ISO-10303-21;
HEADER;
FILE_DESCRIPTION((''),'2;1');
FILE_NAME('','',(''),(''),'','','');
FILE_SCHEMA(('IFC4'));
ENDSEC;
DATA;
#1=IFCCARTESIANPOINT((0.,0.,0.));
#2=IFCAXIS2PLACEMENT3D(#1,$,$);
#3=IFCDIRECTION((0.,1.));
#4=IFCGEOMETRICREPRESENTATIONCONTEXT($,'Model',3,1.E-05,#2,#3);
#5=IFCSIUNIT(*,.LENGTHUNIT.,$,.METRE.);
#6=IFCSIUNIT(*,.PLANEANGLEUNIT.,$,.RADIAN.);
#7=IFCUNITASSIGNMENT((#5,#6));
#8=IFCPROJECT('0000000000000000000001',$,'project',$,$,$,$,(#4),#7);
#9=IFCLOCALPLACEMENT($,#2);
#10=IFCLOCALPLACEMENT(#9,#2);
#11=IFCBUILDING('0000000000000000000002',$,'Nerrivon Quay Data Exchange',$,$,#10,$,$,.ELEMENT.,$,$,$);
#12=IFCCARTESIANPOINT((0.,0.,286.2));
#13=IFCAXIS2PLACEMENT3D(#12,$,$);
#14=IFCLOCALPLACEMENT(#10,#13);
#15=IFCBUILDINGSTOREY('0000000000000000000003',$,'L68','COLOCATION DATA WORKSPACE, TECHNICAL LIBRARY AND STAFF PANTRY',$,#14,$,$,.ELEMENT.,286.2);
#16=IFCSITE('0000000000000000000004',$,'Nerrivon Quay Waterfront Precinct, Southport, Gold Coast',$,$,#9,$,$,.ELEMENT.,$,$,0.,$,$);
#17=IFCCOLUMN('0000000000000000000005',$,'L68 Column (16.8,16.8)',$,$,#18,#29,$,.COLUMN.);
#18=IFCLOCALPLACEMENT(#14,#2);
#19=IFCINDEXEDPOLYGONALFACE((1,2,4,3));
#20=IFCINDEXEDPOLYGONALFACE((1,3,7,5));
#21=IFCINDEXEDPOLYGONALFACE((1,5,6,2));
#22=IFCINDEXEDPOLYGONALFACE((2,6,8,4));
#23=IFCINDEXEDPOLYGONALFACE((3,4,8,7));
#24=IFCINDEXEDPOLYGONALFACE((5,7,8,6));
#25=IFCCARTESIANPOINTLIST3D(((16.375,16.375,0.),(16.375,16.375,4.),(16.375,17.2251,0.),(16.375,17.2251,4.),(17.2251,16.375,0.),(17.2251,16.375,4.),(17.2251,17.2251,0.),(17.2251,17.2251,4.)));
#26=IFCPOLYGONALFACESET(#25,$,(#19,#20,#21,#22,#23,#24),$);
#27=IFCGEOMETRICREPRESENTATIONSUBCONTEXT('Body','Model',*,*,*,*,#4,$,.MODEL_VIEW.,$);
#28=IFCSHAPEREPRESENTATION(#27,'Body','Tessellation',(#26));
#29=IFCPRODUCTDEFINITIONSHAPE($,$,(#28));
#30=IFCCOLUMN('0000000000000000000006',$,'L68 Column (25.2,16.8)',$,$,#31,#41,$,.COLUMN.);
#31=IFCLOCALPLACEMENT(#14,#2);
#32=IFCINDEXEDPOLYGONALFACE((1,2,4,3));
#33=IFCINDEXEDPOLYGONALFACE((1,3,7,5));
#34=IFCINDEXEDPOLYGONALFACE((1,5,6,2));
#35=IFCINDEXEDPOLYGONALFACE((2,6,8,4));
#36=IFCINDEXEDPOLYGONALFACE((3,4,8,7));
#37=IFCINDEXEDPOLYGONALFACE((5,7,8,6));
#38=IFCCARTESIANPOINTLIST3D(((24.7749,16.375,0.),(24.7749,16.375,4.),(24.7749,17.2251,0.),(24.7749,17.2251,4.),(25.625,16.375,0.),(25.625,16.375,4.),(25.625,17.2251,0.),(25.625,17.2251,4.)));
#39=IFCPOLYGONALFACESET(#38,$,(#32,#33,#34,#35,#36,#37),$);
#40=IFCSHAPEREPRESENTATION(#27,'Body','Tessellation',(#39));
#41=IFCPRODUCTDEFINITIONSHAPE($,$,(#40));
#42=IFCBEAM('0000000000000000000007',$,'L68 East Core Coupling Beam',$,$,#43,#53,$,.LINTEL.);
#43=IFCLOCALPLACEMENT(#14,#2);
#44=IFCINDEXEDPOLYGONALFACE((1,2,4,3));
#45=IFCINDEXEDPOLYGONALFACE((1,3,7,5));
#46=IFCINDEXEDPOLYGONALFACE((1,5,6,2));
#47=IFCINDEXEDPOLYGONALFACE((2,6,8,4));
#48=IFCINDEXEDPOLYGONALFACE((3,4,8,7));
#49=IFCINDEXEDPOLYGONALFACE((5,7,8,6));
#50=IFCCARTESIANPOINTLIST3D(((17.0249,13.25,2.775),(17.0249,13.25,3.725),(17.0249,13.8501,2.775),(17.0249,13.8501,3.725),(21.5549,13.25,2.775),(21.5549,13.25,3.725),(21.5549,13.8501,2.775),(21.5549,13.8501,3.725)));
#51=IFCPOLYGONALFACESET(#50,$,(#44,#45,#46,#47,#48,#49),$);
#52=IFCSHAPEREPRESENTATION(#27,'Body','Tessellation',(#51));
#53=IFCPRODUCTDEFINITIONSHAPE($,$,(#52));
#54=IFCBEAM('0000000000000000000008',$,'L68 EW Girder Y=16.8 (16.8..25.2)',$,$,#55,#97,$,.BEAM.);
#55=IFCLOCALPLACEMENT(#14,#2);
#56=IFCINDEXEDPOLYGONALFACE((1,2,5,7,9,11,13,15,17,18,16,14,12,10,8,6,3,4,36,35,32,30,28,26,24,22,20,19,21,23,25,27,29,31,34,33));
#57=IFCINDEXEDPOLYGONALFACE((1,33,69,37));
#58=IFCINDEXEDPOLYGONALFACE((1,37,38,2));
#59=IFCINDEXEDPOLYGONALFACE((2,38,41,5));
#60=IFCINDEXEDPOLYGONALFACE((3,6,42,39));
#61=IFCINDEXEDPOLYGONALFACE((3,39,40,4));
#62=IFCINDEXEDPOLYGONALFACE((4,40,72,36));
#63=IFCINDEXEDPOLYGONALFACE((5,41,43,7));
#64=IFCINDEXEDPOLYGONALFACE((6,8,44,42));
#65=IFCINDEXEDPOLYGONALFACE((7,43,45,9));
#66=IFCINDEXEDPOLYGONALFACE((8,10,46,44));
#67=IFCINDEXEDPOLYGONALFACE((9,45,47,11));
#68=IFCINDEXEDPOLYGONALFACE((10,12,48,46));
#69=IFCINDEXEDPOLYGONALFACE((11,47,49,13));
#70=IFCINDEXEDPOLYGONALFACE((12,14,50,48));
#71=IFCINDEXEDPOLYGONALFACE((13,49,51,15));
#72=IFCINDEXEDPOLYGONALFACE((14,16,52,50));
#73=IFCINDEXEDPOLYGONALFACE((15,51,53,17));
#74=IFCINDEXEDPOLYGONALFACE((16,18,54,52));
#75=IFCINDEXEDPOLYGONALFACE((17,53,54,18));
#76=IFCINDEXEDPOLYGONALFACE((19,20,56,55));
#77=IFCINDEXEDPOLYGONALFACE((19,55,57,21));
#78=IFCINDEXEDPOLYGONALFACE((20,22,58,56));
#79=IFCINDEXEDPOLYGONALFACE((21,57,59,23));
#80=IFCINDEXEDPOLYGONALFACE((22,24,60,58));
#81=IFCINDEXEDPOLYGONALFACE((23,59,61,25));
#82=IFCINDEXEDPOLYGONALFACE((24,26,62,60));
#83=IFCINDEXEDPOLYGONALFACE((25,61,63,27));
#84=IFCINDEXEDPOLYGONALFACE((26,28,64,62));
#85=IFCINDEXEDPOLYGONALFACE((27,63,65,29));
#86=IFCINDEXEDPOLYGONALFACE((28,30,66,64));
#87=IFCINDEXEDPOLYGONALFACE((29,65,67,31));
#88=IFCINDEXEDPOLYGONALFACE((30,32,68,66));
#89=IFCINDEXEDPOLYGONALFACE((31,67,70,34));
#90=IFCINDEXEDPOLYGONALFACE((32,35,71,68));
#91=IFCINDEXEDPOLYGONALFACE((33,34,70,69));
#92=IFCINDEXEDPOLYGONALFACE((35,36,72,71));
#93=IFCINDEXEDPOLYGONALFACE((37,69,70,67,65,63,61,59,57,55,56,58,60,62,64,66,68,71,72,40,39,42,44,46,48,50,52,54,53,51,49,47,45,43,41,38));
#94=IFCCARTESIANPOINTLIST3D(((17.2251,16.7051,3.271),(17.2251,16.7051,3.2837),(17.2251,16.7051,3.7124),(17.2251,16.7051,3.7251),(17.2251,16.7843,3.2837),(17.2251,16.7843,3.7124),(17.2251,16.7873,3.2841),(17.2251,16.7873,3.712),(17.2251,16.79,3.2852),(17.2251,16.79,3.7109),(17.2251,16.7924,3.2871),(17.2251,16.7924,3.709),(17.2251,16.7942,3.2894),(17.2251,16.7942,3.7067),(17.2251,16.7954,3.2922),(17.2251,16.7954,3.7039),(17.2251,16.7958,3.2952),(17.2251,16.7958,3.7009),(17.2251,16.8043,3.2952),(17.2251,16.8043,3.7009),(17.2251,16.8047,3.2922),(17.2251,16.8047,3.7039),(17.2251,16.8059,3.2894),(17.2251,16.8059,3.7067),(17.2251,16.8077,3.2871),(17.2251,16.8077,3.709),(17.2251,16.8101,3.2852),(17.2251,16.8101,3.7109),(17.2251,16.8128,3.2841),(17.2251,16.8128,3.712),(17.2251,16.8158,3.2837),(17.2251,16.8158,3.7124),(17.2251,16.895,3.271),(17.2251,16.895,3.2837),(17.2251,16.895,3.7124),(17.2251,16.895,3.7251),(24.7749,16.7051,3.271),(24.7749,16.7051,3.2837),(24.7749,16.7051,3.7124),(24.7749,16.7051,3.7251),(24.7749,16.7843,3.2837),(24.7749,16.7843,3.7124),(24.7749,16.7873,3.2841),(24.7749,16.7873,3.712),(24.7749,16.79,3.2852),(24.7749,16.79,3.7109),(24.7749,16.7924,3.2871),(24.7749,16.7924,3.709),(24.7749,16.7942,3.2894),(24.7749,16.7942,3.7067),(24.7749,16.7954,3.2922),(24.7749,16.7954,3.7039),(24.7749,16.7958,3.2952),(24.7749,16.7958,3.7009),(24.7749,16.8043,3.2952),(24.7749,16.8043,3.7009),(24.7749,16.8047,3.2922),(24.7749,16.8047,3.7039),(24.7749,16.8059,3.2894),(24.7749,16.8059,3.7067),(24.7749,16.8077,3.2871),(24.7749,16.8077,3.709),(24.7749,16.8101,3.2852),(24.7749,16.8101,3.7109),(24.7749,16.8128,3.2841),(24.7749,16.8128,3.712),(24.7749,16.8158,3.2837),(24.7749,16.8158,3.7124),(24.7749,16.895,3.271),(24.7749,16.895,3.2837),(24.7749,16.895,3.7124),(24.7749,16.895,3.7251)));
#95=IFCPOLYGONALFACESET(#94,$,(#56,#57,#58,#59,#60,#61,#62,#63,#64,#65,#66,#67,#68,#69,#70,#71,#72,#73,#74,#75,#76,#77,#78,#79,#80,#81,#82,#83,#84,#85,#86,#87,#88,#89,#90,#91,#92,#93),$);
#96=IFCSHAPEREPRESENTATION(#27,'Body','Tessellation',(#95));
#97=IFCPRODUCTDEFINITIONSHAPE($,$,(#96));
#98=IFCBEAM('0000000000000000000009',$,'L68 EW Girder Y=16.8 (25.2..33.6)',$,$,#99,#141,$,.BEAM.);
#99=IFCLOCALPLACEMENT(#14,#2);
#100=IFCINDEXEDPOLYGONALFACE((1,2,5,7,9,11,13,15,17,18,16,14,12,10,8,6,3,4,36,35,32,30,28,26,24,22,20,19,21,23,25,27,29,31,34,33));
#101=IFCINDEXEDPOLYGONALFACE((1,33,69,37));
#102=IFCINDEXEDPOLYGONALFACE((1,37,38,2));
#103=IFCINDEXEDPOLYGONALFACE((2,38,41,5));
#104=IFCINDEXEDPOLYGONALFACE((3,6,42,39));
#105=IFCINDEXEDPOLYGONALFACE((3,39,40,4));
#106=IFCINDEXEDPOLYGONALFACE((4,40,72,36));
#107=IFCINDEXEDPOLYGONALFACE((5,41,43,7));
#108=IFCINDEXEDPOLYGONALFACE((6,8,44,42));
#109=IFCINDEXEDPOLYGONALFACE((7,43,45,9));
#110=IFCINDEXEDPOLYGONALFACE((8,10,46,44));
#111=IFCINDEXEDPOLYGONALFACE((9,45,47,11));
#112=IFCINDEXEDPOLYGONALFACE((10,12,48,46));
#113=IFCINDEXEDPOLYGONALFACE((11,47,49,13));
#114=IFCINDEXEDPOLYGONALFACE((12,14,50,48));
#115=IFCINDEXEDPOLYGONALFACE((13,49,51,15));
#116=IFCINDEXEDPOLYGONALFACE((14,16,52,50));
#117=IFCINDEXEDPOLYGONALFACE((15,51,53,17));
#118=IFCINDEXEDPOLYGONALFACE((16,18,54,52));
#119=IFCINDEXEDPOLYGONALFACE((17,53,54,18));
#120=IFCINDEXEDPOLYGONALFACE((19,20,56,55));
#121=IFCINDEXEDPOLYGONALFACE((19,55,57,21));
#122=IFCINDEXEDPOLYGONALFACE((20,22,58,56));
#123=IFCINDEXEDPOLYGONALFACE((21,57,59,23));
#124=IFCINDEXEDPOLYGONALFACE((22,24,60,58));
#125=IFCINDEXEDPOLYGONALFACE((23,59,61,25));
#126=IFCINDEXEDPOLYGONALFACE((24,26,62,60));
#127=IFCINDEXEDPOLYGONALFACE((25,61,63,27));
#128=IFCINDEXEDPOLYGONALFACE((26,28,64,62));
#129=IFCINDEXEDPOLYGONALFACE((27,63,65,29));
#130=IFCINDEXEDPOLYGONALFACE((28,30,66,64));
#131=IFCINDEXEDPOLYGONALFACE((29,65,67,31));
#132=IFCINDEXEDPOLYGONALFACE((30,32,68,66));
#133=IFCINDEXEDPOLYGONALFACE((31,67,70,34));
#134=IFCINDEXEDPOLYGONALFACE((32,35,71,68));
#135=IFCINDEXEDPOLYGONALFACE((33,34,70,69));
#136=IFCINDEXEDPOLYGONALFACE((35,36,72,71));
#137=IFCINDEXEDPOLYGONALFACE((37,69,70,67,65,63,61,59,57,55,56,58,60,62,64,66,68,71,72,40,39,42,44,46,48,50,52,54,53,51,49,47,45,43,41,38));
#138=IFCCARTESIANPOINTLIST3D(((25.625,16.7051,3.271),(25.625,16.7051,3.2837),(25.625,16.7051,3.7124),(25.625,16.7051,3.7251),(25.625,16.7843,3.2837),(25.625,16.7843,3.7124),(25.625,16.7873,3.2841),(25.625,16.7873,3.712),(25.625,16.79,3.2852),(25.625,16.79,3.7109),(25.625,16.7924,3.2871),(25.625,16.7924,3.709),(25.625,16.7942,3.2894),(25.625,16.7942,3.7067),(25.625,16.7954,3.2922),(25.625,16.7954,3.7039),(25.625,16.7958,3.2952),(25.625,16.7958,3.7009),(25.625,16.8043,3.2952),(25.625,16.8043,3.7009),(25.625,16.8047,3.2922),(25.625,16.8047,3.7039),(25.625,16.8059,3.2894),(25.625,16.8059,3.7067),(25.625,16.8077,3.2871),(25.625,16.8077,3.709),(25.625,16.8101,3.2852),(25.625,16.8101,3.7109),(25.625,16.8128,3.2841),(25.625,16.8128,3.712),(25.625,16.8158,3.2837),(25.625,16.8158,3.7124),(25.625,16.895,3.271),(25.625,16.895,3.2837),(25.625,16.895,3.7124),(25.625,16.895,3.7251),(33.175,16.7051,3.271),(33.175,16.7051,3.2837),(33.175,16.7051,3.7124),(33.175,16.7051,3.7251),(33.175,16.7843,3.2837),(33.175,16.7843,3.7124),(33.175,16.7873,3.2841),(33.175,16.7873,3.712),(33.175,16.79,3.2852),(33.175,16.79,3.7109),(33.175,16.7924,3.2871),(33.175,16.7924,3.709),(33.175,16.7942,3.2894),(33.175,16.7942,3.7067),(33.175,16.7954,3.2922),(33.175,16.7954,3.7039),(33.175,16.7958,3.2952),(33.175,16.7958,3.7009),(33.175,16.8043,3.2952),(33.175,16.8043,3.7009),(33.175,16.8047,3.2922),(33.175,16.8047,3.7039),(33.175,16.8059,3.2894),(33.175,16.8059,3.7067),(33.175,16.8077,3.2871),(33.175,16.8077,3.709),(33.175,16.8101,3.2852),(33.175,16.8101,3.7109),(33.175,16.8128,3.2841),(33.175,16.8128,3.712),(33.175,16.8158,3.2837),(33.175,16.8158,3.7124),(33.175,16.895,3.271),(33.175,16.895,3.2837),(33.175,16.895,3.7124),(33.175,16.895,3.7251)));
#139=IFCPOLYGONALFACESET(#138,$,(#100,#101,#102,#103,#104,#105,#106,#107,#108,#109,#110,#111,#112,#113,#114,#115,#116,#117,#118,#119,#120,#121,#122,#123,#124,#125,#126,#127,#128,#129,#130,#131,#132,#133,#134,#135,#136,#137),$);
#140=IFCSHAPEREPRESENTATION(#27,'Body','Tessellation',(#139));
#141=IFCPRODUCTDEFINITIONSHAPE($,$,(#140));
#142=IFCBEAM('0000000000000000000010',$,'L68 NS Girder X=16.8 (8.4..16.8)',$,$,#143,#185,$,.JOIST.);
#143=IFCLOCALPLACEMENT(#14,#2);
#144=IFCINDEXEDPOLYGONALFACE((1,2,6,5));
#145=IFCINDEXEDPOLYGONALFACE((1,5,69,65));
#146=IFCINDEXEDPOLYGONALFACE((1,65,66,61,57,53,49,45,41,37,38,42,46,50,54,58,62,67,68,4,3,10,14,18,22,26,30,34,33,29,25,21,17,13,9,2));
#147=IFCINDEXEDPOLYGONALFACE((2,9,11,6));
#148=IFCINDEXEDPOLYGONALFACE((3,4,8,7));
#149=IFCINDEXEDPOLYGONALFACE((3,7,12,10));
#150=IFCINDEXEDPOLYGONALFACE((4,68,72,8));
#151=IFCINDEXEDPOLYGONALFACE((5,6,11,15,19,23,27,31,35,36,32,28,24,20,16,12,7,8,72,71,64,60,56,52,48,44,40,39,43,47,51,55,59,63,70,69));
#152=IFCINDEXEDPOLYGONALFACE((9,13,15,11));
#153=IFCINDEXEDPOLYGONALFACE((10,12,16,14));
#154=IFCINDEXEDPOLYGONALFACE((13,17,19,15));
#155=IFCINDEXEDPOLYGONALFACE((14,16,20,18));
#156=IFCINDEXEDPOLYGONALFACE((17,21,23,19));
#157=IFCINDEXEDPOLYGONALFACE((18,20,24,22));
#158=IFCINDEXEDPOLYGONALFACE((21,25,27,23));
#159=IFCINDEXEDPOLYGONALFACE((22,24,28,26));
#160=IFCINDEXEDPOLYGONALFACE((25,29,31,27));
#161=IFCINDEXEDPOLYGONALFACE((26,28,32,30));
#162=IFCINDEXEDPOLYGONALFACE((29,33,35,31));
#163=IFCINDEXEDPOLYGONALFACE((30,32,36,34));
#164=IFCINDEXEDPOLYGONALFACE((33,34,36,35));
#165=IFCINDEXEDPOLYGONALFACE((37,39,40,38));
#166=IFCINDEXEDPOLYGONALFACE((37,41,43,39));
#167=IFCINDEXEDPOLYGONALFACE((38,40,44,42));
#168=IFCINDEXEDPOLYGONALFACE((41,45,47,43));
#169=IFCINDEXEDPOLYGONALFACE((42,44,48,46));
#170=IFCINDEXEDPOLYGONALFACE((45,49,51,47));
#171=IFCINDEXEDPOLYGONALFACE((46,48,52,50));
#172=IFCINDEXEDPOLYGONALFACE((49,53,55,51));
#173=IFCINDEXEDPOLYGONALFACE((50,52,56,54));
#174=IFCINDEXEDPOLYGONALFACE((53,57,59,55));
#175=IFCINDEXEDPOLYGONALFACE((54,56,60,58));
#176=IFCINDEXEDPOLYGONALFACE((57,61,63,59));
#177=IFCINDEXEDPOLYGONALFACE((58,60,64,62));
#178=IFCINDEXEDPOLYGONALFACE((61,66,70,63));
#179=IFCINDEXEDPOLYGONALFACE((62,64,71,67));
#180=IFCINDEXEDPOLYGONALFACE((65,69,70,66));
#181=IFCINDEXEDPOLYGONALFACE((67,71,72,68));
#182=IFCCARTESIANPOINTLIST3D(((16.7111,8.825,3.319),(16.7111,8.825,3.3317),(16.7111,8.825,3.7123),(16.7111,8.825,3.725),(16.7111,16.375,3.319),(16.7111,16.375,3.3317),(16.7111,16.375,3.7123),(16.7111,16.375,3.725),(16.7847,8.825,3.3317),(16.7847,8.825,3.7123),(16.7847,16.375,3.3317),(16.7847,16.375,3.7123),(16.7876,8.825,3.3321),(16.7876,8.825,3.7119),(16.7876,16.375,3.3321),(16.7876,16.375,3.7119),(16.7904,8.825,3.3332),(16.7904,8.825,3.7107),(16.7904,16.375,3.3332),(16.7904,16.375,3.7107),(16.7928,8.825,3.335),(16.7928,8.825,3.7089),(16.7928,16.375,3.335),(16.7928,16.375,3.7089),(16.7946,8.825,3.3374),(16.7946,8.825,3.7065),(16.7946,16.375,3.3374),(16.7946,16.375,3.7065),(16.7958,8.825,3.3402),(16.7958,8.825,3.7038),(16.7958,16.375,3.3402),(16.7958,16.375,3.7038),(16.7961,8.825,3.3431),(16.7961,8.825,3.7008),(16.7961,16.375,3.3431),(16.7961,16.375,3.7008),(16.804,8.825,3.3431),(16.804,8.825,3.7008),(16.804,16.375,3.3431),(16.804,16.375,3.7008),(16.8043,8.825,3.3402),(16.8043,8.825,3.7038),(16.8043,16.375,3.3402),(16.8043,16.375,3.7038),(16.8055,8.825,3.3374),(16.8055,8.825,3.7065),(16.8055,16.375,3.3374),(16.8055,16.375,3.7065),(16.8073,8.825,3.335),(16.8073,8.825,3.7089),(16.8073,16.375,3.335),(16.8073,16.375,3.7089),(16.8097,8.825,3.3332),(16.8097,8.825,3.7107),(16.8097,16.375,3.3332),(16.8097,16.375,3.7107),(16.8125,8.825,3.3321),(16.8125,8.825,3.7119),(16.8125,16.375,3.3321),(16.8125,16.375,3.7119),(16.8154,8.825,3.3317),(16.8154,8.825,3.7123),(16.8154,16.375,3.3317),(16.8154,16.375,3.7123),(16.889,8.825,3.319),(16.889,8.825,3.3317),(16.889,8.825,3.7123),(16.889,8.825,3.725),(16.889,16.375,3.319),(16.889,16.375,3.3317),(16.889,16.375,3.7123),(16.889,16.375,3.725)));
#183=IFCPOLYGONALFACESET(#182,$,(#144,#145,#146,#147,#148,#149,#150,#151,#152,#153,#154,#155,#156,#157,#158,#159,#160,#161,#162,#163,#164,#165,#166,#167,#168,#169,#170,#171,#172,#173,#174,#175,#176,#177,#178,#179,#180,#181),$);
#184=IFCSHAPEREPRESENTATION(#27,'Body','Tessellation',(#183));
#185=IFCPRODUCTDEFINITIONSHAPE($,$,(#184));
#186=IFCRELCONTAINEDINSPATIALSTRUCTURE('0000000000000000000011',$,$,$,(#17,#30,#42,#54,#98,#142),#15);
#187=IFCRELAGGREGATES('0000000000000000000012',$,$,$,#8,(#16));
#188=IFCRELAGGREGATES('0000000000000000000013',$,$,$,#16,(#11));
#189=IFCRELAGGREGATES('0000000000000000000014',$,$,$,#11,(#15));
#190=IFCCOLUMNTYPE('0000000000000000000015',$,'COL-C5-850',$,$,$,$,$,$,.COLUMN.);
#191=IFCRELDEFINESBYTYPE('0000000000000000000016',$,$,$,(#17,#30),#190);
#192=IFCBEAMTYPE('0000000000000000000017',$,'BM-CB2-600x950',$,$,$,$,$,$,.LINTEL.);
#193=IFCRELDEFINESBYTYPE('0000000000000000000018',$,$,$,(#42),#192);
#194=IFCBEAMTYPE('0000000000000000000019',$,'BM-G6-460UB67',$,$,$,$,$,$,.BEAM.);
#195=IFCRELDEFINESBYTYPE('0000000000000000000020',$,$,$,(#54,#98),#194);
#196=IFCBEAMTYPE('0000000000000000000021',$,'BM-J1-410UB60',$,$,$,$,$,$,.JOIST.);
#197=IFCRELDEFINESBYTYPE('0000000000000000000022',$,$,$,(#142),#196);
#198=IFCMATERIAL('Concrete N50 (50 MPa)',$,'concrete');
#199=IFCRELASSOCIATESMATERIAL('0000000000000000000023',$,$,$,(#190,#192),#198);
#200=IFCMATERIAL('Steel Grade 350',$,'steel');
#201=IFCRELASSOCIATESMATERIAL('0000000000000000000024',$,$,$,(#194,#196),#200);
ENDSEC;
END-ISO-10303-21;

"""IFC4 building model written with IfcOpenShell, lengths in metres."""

from ifc_helpers import new_model, si_unit, direction, frame, origin, origin_2d, place, context, subcontext, project, spatial, rectangle, i_section, extrude, material, material_profile, profile_set, type_object, element, save


model = new_model("IFC4")

# Units and contexts
model_context = context("Model", 3, precision=1e-05, world=origin(), true_north=direction((0.0, 1.0)))
body_context = subcontext(model_context, "Body", "Model", "MODEL_VIEW")
ifc_project = project(units=[si_unit("LENGTHUNIT", "METRE"), si_unit("PLANEANGLEUNIT", "RADIAN")], contexts=[model_context])

# Site, building, storey
site_placement = place(None, origin())
site = spatial("IfcSite", under=ifc_project, at=site_placement, Name="Nerrivon Quay Waterfront Precinct, Southport, Gold Coast", CompositionType="ELEMENT", RefElevation=0.0)
building_placement = place(site_placement, origin())
building = spatial("IfcBuilding", under=site, at=building_placement, Name="Nerrivon Quay Data Exchange", CompositionType="ELEMENT")
storey_placement = place(building_placement, frame((0.0, 0.0, 286.2)))
storey = spatial("IfcBuildingStorey", under=building, at=storey_placement, Name="L68", Description="COLOCATION DATA WORKSPACE, TECHNICAL LIBRARY AND STAFF PANTRY", CompositionType="ELEMENT", Elevation=286.2)

# Columns
ifc_material_1 = material(Name="Concrete N50 (50 MPa)", Category="concrete")
ifc_material_profile_1 = material_profile(ifc_material_1, rectangle(XDim=0.8501, YDim=0.8501, at=origin_2d()), Name="RC-COL-850x850")
ifc_profile_set_1 = profile_set([ifc_material_profile_1], Name="Concrete N50 (50 MPa)")
column_type = type_object("IfcColumnType", Name="COL-C5-850", PredefinedType="COLUMN", material=ifc_profile_set_1)
for number, where, z_axis, x_axis, name in (
    (1, (16.8, 16.8, 0.0), (0.0, 0.0, 1.0), (1.0, 0.0, 0.0), "L68 Column (16.8,16.8)"),
    (2, (25.2, 16.8, 0.0), (0.0, 0.0, 1.0), (1.0, 0.0, 0.0), "L68 Column (25.2,16.8)"),
):
    element("IfcColumn", number, at=place(storey_placement, frame(where, z_axis=z_axis, x_axis=x_axis)), inside=storey, type_object=column_type, Name=name, PredefinedType="COLUMN", context=body_context, shape_type="SweptSolid", body=[
        extrude(rectangle(XDim=0.8501, YDim=0.8501, at=origin_2d()), origin(), (0.0, 0.0, 1.0), 4.0),
    ])

# Beams
ifc_material_profile_2 = material_profile(ifc_material_1, rectangle(XDim=0.6001, YDim=0.95, at=origin_2d()), Name="RC-CB-600x950")
ifc_profile_set_2 = profile_set([ifc_material_profile_2], Name="Concrete N50 (50 MPa)")
beam_type_1 = type_object("IfcBeamType", Name="BM-CB2-600x950", PredefinedType="LINTEL", material=ifc_profile_set_2)
beam_1_placement = place(storey_placement, frame((17.0249, 13.55, 3.25), z_axis=(1.0, 0.0, 0.0), x_axis=(0.0, 1.0, 0.0)))
element("IfcBeam", 3, at=beam_1_placement, inside=storey, type_object=beam_type_1, Name="L68 East Core Coupling Beam", PredefinedType="LINTEL", context=body_context, shape_type="SweptSolid", body=[
    extrude(rectangle(XDim=0.6001, YDim=0.95, at=origin_2d()), origin(), (0.0, 0.0, 1.0), 4.53),
])
ifc_material_2 = material(Name="Steel Grade 350", Category="steel")
ifc_material_profile_3 = material_profile(ifc_material_2, i_section(OverallWidth=0.1899, OverallDepth=0.4541, WebThickness=0.0085, FlangeThickness=0.0127, FilletRadius=0.0115, at=origin_2d()), Name="460UB67.1")
ifc_profile_set_3 = profile_set([ifc_material_profile_3], Name="Steel Grade 350")
beam_type_2 = type_object("IfcBeamType", Name="BM-G6-460UB67", PredefinedType="BEAM", material=ifc_profile_set_3)
beam_2_placement = place(storey_placement, frame((17.2251, 16.8, 3.498), z_axis=(1.0, 0.0, 0.0), x_axis=(0.0, 1.0, 0.0)))
element("IfcBeam", 4, at=beam_2_placement, inside=storey, type_object=beam_type_2, Name="L68 EW Girder Y=16.8 (16.8..25.2)", PredefinedType="BEAM", context=body_context, shape_type="SweptSolid", body=[
    extrude(i_section(OverallWidth=0.1899, OverallDepth=0.4541, WebThickness=0.0085, FlangeThickness=0.0127, FilletRadius=0.0115, at=origin_2d()), origin(), (0.0, 0.0, 1.0), 7.5498),
])
beam_3_placement = place(storey_placement, frame((25.625, 16.8, 3.498), z_axis=(1.0, 0.0, 0.0), x_axis=(0.0, 1.0, 0.0)))
element("IfcBeam", 5, at=beam_3_placement, inside=storey, type_object=beam_type_2, Name="L68 EW Girder Y=16.8 (25.2..33.6)", PredefinedType="BEAM", context=body_context, shape_type="SweptSolid", body=[
    extrude(i_section(OverallWidth=0.1899, OverallDepth=0.4541, WebThickness=0.0085, FlangeThickness=0.0127, FilletRadius=0.0115, at=origin_2d()), origin(), (0.0, 0.0, 1.0), 7.55),
])
ifc_material_profile_4 = material_profile(ifc_material_2, i_section(OverallWidth=0.178, OverallDepth=0.406, WebThickness=0.0078, FlangeThickness=0.0127, FilletRadius=0.0115, at=origin_2d()), Name="410UB59.7")
ifc_profile_set_4 = profile_set([ifc_material_profile_4], Name="Steel Grade 350")
beam_type_3 = type_object("IfcBeamType", Name="BM-J1-410UB60", PredefinedType="JOIST", material=ifc_profile_set_4)
beam_4_placement = place(storey_placement, frame((16.8, 8.825, 3.522), z_axis=(0.0, 1.0, 0.0), x_axis=(-1.0, 0.0, 0.0)))
element("IfcBeam", 6, at=beam_4_placement, inside=storey, type_object=beam_type_3, Name="L68 NS Girder X=16.8 (8.4..16.8)", PredefinedType="JOIST", context=body_context, shape_type="SweptSolid", body=[
    extrude(i_section(OverallWidth=0.178, OverallDepth=0.406, WebThickness=0.0078, FlangeThickness=0.0127, FilletRadius=0.0115, at=origin_2d()), origin(), (0.0, 0.0, 1.0), 7.55),
])

save(model, "model.ifc")
